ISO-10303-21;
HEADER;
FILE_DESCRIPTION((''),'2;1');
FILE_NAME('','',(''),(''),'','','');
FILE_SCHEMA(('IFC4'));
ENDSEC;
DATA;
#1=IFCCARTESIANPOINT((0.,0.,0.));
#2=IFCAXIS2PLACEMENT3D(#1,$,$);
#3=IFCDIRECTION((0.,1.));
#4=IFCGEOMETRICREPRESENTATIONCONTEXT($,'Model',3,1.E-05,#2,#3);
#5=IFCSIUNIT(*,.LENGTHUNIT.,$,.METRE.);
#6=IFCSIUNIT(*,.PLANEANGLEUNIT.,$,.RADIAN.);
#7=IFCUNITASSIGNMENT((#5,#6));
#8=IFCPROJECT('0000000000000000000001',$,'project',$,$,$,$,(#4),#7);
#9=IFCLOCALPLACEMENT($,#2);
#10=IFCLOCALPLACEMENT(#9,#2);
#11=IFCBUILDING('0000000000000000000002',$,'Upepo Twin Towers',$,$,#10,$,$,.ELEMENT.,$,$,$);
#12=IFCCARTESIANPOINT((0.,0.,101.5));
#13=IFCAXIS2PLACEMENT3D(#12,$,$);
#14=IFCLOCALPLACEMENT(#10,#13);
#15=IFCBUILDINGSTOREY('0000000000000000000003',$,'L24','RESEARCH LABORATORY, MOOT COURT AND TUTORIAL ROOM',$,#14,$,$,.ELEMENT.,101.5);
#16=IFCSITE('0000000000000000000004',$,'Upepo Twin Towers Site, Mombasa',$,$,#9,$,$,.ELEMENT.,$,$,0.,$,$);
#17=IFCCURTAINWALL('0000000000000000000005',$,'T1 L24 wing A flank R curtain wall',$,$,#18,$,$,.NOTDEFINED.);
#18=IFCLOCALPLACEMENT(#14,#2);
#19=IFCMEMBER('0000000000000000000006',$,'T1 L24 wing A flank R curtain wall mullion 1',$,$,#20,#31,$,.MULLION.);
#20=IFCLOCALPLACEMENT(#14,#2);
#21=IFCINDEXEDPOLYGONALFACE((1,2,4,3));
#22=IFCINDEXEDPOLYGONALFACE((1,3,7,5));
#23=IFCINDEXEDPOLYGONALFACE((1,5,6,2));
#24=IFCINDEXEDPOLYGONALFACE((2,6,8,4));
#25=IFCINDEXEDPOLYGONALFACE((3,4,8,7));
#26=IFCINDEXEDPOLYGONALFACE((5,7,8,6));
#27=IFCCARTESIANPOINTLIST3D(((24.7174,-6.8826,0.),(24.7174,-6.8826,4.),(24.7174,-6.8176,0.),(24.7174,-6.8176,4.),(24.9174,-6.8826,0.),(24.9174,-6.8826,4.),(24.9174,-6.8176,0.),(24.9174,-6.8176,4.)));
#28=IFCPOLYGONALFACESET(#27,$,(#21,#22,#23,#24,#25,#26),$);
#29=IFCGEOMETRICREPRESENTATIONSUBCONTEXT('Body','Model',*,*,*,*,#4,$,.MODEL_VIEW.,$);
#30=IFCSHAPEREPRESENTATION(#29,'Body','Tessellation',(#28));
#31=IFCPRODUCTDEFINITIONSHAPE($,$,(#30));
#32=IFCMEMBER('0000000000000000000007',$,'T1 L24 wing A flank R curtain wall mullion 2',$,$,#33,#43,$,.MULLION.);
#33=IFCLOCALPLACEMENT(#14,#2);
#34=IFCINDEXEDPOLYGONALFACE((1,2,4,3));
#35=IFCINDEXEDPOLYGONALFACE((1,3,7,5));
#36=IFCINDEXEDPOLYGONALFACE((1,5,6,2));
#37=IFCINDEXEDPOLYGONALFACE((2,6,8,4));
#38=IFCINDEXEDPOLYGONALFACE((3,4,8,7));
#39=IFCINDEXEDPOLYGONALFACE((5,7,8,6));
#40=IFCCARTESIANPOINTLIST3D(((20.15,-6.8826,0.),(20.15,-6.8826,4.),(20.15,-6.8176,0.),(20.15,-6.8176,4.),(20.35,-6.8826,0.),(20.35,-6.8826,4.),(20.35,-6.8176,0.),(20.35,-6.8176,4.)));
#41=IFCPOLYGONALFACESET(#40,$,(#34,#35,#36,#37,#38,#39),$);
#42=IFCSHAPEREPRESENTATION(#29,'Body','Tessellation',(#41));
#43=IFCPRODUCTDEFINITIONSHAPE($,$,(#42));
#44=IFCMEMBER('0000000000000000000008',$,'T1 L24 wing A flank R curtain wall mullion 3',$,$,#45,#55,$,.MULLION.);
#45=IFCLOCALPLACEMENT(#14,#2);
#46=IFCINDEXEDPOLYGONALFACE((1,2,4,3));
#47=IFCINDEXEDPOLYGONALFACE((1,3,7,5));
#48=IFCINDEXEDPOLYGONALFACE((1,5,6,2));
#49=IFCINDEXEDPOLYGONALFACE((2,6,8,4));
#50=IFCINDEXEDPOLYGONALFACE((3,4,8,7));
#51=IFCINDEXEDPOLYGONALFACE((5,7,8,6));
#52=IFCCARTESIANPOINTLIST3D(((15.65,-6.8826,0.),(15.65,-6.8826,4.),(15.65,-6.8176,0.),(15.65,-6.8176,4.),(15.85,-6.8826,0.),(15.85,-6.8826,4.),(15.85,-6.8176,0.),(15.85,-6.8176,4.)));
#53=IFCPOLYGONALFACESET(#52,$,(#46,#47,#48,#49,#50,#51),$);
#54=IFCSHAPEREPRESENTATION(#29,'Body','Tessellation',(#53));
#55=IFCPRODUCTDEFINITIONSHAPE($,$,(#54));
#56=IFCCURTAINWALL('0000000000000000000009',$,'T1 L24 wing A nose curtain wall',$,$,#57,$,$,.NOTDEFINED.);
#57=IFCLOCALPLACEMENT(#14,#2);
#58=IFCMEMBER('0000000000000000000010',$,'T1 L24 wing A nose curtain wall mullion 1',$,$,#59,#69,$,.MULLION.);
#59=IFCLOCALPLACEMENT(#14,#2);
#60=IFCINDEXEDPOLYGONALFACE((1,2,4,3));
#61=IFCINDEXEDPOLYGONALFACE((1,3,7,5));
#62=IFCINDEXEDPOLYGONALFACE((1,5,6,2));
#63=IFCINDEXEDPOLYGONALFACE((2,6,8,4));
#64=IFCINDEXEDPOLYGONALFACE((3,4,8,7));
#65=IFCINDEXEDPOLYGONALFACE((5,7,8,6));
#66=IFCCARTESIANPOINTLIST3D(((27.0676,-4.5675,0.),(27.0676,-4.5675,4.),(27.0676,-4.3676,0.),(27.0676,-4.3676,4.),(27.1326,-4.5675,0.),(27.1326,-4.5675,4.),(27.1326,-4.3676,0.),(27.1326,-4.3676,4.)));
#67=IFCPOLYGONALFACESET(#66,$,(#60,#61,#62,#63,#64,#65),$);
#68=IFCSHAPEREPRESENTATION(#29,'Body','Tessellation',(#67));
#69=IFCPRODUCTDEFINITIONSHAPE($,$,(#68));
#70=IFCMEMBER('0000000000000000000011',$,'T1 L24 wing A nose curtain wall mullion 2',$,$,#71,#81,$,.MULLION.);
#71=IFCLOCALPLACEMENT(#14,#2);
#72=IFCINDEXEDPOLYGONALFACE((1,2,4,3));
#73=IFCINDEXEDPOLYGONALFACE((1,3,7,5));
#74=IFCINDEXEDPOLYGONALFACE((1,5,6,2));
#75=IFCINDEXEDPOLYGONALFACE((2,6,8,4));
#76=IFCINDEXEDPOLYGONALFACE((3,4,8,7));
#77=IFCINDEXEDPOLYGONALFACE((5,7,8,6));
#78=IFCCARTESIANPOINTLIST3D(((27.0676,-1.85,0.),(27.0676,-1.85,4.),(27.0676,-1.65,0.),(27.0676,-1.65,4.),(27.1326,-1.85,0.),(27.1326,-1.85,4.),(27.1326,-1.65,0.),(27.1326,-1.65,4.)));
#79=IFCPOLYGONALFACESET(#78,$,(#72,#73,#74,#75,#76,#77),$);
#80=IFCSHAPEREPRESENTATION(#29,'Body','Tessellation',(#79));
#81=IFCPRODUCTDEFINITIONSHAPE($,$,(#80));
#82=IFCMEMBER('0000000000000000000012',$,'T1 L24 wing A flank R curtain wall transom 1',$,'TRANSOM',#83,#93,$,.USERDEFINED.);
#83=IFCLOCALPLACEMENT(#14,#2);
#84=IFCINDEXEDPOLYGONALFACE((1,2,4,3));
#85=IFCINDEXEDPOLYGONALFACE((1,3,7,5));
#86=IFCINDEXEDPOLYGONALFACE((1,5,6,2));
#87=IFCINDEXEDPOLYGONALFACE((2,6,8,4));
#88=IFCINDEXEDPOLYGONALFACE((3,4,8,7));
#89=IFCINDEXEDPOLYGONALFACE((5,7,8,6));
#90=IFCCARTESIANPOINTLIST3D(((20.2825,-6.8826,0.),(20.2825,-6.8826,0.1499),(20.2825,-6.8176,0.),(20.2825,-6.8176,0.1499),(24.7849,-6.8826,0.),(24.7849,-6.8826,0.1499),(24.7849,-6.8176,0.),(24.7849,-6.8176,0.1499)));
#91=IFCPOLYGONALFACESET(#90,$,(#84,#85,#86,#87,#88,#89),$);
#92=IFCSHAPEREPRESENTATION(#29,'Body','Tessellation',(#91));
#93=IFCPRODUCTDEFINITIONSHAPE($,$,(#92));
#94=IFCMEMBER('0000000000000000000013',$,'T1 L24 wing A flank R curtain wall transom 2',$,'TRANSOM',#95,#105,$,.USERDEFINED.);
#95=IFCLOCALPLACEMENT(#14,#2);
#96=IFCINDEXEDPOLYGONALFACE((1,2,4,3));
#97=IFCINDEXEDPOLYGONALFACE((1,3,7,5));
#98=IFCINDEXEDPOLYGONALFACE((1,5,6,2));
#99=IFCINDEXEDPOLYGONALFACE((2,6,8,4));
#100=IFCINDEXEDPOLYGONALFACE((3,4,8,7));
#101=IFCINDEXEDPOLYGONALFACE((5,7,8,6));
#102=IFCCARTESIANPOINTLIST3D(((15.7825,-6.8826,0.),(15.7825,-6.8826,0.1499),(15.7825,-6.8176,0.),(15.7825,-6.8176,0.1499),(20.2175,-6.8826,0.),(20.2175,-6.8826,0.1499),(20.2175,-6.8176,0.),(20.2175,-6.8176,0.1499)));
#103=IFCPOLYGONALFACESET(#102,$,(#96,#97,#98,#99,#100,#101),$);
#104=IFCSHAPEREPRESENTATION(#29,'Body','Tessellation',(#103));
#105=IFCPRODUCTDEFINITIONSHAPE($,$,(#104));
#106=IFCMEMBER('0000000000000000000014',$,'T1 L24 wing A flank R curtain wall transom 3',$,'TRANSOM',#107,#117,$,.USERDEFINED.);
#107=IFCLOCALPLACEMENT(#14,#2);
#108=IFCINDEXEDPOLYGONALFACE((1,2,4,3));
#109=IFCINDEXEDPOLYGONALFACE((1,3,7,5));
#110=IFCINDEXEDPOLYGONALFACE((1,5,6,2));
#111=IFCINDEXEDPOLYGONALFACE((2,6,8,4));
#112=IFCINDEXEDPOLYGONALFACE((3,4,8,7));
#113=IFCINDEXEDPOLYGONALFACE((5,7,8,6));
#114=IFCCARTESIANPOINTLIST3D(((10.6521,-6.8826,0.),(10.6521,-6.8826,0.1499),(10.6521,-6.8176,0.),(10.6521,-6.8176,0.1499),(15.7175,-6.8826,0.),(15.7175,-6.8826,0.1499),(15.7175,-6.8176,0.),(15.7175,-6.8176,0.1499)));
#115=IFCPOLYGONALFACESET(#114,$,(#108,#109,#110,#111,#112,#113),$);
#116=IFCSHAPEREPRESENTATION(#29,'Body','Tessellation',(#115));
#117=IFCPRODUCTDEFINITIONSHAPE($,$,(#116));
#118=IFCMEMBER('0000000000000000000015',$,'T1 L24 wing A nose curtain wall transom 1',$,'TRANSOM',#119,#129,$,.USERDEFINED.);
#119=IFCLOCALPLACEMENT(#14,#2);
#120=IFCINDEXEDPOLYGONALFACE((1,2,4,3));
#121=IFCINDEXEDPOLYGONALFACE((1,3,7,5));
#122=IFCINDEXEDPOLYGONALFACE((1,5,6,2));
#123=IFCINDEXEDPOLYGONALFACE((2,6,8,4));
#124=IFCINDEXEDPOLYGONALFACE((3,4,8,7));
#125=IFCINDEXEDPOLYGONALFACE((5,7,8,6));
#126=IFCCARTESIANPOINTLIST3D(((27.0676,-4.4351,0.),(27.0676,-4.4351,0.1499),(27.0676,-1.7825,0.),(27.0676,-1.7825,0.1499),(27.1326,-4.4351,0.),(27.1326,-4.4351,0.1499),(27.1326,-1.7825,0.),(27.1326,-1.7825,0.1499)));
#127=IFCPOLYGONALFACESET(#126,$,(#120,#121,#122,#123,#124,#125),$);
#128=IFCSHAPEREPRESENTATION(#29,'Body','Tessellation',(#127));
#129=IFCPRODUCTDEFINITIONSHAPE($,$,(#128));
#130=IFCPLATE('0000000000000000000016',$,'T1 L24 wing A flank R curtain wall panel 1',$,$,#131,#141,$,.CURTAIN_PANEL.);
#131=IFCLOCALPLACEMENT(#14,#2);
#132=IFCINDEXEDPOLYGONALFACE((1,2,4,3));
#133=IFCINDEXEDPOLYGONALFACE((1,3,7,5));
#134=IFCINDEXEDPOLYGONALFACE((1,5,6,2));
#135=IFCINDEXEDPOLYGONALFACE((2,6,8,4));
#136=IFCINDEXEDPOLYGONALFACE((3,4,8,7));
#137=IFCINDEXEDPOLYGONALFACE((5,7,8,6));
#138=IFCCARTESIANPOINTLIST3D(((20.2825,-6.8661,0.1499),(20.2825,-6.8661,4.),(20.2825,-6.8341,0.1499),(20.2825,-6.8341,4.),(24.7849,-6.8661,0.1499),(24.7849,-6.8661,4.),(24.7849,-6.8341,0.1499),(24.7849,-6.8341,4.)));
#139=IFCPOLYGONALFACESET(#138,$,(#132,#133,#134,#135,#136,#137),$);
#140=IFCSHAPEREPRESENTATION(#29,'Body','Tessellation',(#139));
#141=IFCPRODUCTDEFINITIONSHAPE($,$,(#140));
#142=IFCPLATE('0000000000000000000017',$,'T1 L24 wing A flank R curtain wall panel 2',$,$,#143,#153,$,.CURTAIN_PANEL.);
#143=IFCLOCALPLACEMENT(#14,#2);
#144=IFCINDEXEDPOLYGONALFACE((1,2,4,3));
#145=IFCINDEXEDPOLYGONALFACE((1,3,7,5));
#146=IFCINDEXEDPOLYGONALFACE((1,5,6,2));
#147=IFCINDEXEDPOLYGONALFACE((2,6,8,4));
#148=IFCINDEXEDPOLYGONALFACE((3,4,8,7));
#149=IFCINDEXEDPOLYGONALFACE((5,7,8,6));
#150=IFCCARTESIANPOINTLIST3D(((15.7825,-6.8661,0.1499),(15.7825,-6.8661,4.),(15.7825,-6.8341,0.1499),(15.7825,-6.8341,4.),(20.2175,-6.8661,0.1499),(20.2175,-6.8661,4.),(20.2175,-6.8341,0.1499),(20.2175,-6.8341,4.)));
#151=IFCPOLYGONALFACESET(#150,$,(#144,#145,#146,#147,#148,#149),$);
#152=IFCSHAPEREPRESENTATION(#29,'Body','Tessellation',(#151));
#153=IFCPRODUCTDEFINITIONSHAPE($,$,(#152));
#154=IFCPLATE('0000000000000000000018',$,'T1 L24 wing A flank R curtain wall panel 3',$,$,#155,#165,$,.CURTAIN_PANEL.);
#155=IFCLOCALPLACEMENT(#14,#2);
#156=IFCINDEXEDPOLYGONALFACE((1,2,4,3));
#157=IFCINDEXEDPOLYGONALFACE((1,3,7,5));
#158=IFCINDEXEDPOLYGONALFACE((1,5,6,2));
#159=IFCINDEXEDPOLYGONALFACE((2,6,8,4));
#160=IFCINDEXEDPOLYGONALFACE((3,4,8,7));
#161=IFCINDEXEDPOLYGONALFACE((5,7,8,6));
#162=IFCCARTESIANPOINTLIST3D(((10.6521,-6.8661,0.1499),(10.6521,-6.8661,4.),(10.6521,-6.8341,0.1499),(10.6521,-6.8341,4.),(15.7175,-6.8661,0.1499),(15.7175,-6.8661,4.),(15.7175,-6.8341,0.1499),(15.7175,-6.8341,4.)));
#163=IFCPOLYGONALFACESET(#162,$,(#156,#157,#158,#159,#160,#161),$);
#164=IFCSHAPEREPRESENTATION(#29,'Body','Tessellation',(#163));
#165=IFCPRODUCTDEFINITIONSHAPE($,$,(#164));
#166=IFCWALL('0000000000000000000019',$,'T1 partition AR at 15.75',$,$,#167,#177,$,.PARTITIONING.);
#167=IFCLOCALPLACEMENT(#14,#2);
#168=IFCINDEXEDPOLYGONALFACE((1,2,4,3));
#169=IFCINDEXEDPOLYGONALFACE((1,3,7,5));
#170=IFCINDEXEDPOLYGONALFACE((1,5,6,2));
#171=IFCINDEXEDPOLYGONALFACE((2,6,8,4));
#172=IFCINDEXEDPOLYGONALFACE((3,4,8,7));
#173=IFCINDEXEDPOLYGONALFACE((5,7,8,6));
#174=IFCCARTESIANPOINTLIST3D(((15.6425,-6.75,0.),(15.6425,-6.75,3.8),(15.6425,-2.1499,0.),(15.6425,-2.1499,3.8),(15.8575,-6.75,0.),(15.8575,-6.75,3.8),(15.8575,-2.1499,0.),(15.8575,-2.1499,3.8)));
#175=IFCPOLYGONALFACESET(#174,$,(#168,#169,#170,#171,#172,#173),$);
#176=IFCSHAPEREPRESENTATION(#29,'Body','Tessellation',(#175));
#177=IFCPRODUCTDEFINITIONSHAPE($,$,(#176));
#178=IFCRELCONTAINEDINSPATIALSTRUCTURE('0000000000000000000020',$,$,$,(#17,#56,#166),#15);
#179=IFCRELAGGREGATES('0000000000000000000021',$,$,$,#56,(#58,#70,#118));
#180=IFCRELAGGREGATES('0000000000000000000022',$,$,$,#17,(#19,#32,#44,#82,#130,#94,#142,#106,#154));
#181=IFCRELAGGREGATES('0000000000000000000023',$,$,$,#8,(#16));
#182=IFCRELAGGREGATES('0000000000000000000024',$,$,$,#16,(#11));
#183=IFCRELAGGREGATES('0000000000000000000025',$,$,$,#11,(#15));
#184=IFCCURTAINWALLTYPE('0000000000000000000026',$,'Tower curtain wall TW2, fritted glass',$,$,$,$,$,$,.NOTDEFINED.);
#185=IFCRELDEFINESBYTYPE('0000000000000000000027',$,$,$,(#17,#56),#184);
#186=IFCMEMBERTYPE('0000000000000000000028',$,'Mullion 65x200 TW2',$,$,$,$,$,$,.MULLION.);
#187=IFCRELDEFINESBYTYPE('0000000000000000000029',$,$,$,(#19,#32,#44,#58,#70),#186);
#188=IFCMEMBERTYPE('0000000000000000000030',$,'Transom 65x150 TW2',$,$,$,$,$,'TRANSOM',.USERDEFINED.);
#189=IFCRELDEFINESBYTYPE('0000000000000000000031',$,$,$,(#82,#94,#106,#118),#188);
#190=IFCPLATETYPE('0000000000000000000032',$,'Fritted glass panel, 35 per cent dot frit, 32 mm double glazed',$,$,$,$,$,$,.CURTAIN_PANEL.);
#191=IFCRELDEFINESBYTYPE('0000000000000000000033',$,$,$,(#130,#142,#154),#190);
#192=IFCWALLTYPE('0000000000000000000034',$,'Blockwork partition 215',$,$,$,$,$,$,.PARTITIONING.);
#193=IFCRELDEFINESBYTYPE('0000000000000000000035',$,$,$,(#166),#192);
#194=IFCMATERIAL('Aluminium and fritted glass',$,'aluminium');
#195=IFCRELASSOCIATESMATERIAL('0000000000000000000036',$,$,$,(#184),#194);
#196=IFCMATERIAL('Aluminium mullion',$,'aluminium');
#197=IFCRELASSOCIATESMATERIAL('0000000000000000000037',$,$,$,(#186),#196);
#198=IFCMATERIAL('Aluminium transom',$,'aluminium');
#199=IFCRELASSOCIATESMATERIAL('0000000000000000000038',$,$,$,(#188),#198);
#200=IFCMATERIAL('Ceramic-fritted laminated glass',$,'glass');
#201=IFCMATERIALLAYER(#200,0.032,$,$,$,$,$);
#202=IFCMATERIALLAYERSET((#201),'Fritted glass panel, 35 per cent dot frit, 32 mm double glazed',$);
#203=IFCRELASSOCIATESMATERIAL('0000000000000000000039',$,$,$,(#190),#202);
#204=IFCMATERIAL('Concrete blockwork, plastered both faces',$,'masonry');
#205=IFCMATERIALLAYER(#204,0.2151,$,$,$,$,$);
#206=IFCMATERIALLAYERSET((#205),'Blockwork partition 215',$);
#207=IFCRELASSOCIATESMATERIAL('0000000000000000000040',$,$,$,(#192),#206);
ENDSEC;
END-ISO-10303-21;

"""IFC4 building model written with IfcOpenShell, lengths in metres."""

from ifc_helpers import new_model, si_unit, direction, frame, frame_2d, origin, origin_2d, place, context, subcontext, project, spatial, rectangle, extrude, material, layer, layer_set, material_profile, profile_set, type_object, element, aggregate, save


model = new_model("IFC4")

# Units and contexts
model_context = context("Model", 3, precision=1e-05, world=origin(), true_north=direction((0.0, 1.0)))
body_context = subcontext(model_context, "Body", "Model", "MODEL_VIEW")
ifc_project = project(units=[si_unit("LENGTHUNIT", "METRE"), si_unit("PLANEANGLEUNIT", "RADIAN")], contexts=[model_context])

# Site, building, storey
site_placement = place(None, origin())
site = spatial("IfcSite", under=ifc_project, at=site_placement, Name="Upepo Twin Towers Site, Mombasa", CompositionType="ELEMENT", RefElevation=0.0)
building_placement = place(site_placement, origin())
building = spatial("IfcBuilding", under=site, at=building_placement, Name="Upepo Twin Towers", CompositionType="ELEMENT")
storey_placement = place(building_placement, frame((0.0, 0.0, 101.5)))
storey = spatial("IfcBuildingStorey", under=building, at=storey_placement, Name="L24", Description="RESEARCH LABORATORY, MOOT COURT AND TUTORIAL ROOM", CompositionType="ELEMENT", Elevation=101.5)

# Curtain walls, members
ifc_material_1 = material(Name="Aluminium and fritted glass", Category="aluminium")
curtain_wall_type = type_object("IfcCurtainWallType", Name="Tower curtain wall TW2, fritted glass", PredefinedType="NOTDEFINED", material=ifc_material_1)
curtain_wall_1_placement = place(storey_placement, origin())
curtain_wall_1 = element("IfcCurtainWall", 1, at=curtain_wall_1_placement, inside=storey, type_object=curtain_wall_type, Name="T1 L24 wing A flank R curtain wall", PredefinedType="NOTDEFINED")
ifc_material_2 = material(Name="Aluminium mullion", Category="aluminium")
ifc_material_profile_1 = material_profile(ifc_material_2, rectangle(XDim=0.0649, YDim=0.2, at=origin_2d()), Name="MULLION 65x200")
ifc_profile_set_1 = profile_set([ifc_material_profile_1], Name="Aluminium mullion")
member_type_1 = type_object("IfcMemberType", Name="Mullion 65x200 TW2", PredefinedType="MULLION", material=ifc_profile_set_1)
member_1_placement = place(storey_placement, frame((24.8174, -6.8501, 0.0), z_axis=(0.0, 0.0, 1.0), x_axis=(0.0, -1.0, 0.0)))
member_1 = element("IfcMember", 2, at=member_1_placement, type_object=member_type_1, Name="T1 L24 wing A flank R curtain wall mullion 1", PredefinedType="MULLION", context=body_context, shape_type="SweptSolid", body=[
    extrude(rectangle(XDim=0.0649, YDim=0.2, at=origin_2d()), origin(), (0.0, 0.0, 1.0), 4.0),
])
member_2_placement = place(storey_placement, frame((20.25, -6.8501, 0.0), z_axis=(0.0, 0.0, 1.0), x_axis=(0.0, -1.0, 0.0)))
member_2 = element("IfcMember", 3, at=member_2_placement, type_object=member_type_1, Name="T1 L24 wing A flank R curtain wall mullion 2", PredefinedType="MULLION", context=body_context, shape_type="SweptSolid", body=[
    extrude(rectangle(XDim=0.0649, YDim=0.2, at=origin_2d()), origin(), (0.0, 0.0, 1.0), 4.0),
])
member_3_placement = place(storey_placement, frame((15.75, -6.8501, 0.0), z_axis=(0.0, 0.0, 1.0), x_axis=(0.0, -1.0, 0.0)))
member_3 = element("IfcMember", 4, at=member_3_placement, type_object=member_type_1, Name="T1 L24 wing A flank R curtain wall mullion 3", PredefinedType="MULLION", context=body_context, shape_type="SweptSolid", body=[
    extrude(rectangle(XDim=0.0649, YDim=0.2, at=origin_2d()), origin(), (0.0, 0.0, 1.0), 4.0),
])
curtain_wall_2_placement = place(storey_placement, origin())
curtain_wall_2 = element("IfcCurtainWall", 5, at=curtain_wall_2_placement, inside=storey, type_object=curtain_wall_type, Name="T1 L24 wing A nose curtain wall", PredefinedType="NOTDEFINED")
member_4_placement = place(storey_placement, frame((27.1001, -4.4675, 0.0), z_axis=(0.0, 0.0, 1.0), x_axis=(-1.0, 0.0, 0.0)))
member_4 = element("IfcMember", 6, at=member_4_placement, type_object=member_type_1, Name="T1 L24 wing A nose curtain wall mullion 1", PredefinedType="MULLION", context=body_context, shape_type="SweptSolid", body=[
    extrude(rectangle(XDim=0.0649, YDim=0.2, at=origin_2d()), origin(), (0.0, 0.0, 1.0), 4.0),
])
member_5_placement = place(storey_placement, frame((27.1001, -1.75, 0.0), z_axis=(0.0, 0.0, 1.0), x_axis=(-1.0, 0.0, 0.0)))
member_5 = element("IfcMember", 7, at=member_5_placement, type_object=member_type_1, Name="T1 L24 wing A nose curtain wall mullion 2", PredefinedType="MULLION", context=body_context, shape_type="SweptSolid", body=[
    extrude(rectangle(XDim=0.0649, YDim=0.2, at=origin_2d()), origin(), (0.0, 0.0, 1.0), 4.0),
])

# Members
ifc_material_3 = material(Name="Aluminium transom", Category="aluminium")
ifc_material_profile_2 = material_profile(ifc_material_3, rectangle(XDim=0.0649, YDim=0.1499, at=origin_2d()), Name="TRANSOM 65x150")
ifc_profile_set_2 = profile_set([ifc_material_profile_2], Name="Aluminium transom")
member_type_2 = type_object("IfcMemberType", Name="Transom 65x150 TW2", ElementType="TRANSOM", PredefinedType="USERDEFINED", material=ifc_profile_set_2)
member_6_placement = place(storey_placement, frame((24.7849, -6.8501, 0.075), z_axis=(-1.0, 0.0, 0.0), x_axis=(0.0, -1.0, 0.0)))
member_6 = element("IfcMember", 8, at=member_6_placement, type_object=member_type_2, Name="T1 L24 wing A flank R curtain wall transom 1", ObjectType="TRANSOM", PredefinedType="USERDEFINED", context=body_context, shape_type="SweptSolid", body=[
    extrude(rectangle(XDim=0.0649, YDim=0.1499, at=origin_2d()), origin(), (0.0, 0.0, 1.0), 4.5024),
])
member_7_placement = place(storey_placement, frame((20.2175, -6.8501, 0.075), z_axis=(-1.0, 0.0, 0.0), x_axis=(0.0, -1.0, 0.0)))
member_7 = element("IfcMember", 9, at=member_7_placement, type_object=member_type_2, Name="T1 L24 wing A flank R curtain wall transom 2", ObjectType="TRANSOM", PredefinedType="USERDEFINED", context=body_context, shape_type="SweptSolid", body=[
    extrude(rectangle(XDim=0.0649, YDim=0.1499, at=origin_2d()), origin(), (0.0, 0.0, 1.0), 4.4351),
])
member_8_placement = place(storey_placement, frame((15.7175, -6.8501, 0.075), z_axis=(-1.0, 0.0, 0.0), x_axis=(0.0, -1.0, 0.0)))
member_8 = element("IfcMember", 10, at=member_8_placement, type_object=member_type_2, Name="T1 L24 wing A flank R curtain wall transom 3", ObjectType="TRANSOM", PredefinedType="USERDEFINED", context=body_context, shape_type="SweptSolid", body=[
    extrude(rectangle(XDim=0.0649, YDim=0.1499, at=origin_2d()), origin(), (0.0, 0.0, 1.0), 5.0654),
])
member_9_placement = place(storey_placement, frame((27.1001, -4.4351, 0.075), z_axis=(0.0, 1.0, 0.0), x_axis=(-1.0, 0.0, 0.0)))
member_9 = element("IfcMember", 11, at=member_9_placement, type_object=member_type_2, Name="T1 L24 wing A nose curtain wall transom 1", ObjectType="TRANSOM", PredefinedType="USERDEFINED", context=body_context, shape_type="SweptSolid", body=[
    extrude(rectangle(XDim=0.0649, YDim=0.1499, at=origin_2d()), origin(), (0.0, 0.0, 1.0), 2.6526),
])
aggregate(curtain_wall_2, [member_4, member_5, member_9])

# Plates
ifc_material_4 = material(Name="Ceramic-fritted laminated glass", Category="glass")
ifc_layer_1 = layer(ifc_material_4, 0.032)
ifc_layer_set_1 = layer_set([ifc_layer_1], Name="Fritted glass panel, 35 per cent dot frit, 32 mm double glazed")
plate_type = type_object("IfcPlateType", Name="Fritted glass panel, 35 per cent dot frit, 32 mm double glazed", PredefinedType="CURTAIN_PANEL", material=ifc_layer_set_1)
plate_1_placement = place(storey_placement, frame((22.5337, -6.8501, 0.1499), z_axis=(0.0, 0.0, 1.0), x_axis=(-1.0, 0.0, 0.0)))
plate_1 = element("IfcPlate", 12, at=plate_1_placement, type_object=plate_type, Name="T1 L24 wing A flank R curtain wall panel 1", PredefinedType="CURTAIN_PANEL", context=body_context, shape_type="SweptSolid", body=[
    extrude(rectangle(XDim=4.5024, YDim=0.032, at=origin_2d()), origin(), (0.0, 0.0, 1.0), 3.8501),
])
plate_2_placement = place(storey_placement, frame((18.0, -6.8501, 0.1499), z_axis=(0.0, 0.0, 1.0), x_axis=(-1.0, 0.0, 0.0)))
plate_2 = element("IfcPlate", 13, at=plate_2_placement, type_object=plate_type, Name="T1 L24 wing A flank R curtain wall panel 2", PredefinedType="CURTAIN_PANEL", context=body_context, shape_type="SweptSolid", body=[
    extrude(rectangle(XDim=4.4351, YDim=0.032, at=origin_2d()), origin(), (0.0, 0.0, 1.0), 3.8501),
])
plate_3_placement = place(storey_placement, frame((13.1848, -6.8501, 0.1499), z_axis=(0.0, 0.0, 1.0), x_axis=(-1.0, 0.0, 0.0)))
plate_3 = element("IfcPlate", 14, at=plate_3_placement, type_object=plate_type, Name="T1 L24 wing A flank R curtain wall panel 3", PredefinedType="CURTAIN_PANEL", context=body_context, shape_type="SweptSolid", body=[
    extrude(rectangle(XDim=5.0654, YDim=0.032, at=origin_2d()), origin(), (0.0, 0.0, 1.0), 3.8501),
])
aggregate(curtain_wall_1, [member_1, member_2, member_3, member_6, plate_1, member_7, plate_2, member_8, plate_3])

# Wall
ifc_material_5 = material(Name="Concrete blockwork, plastered both faces", Category="masonry")
ifc_layer_2 = layer(ifc_material_5, 0.2151)
ifc_layer_set_2 = layer_set([ifc_layer_2], Name="Blockwork partition 215")
wall_type_1 = type_object("IfcWallType", Name="Blockwork partition 215", PredefinedType="PARTITIONING", material=ifc_layer_set_2)
wall_1_placement = place(storey_placement, frame((15.75, -2.1499, 0.0), z_axis=(0.0, 0.0, 1.0), x_axis=(0.0, -1.0, 0.0)))
element("IfcWall", 15, at=wall_1_placement, inside=storey, type_object=wall_type_1, Name="T1 partition AR at 15.75", PredefinedType="PARTITIONING", context=body_context, shape_type="SweptSolid", body=[
    extrude(rectangle(XDim=4.6001, YDim=0.2151, at=frame_2d((2.3, 0.0))), origin(), (0.0, 0.0, 1.0), 3.8),
])

save(model, "model.ifc")
